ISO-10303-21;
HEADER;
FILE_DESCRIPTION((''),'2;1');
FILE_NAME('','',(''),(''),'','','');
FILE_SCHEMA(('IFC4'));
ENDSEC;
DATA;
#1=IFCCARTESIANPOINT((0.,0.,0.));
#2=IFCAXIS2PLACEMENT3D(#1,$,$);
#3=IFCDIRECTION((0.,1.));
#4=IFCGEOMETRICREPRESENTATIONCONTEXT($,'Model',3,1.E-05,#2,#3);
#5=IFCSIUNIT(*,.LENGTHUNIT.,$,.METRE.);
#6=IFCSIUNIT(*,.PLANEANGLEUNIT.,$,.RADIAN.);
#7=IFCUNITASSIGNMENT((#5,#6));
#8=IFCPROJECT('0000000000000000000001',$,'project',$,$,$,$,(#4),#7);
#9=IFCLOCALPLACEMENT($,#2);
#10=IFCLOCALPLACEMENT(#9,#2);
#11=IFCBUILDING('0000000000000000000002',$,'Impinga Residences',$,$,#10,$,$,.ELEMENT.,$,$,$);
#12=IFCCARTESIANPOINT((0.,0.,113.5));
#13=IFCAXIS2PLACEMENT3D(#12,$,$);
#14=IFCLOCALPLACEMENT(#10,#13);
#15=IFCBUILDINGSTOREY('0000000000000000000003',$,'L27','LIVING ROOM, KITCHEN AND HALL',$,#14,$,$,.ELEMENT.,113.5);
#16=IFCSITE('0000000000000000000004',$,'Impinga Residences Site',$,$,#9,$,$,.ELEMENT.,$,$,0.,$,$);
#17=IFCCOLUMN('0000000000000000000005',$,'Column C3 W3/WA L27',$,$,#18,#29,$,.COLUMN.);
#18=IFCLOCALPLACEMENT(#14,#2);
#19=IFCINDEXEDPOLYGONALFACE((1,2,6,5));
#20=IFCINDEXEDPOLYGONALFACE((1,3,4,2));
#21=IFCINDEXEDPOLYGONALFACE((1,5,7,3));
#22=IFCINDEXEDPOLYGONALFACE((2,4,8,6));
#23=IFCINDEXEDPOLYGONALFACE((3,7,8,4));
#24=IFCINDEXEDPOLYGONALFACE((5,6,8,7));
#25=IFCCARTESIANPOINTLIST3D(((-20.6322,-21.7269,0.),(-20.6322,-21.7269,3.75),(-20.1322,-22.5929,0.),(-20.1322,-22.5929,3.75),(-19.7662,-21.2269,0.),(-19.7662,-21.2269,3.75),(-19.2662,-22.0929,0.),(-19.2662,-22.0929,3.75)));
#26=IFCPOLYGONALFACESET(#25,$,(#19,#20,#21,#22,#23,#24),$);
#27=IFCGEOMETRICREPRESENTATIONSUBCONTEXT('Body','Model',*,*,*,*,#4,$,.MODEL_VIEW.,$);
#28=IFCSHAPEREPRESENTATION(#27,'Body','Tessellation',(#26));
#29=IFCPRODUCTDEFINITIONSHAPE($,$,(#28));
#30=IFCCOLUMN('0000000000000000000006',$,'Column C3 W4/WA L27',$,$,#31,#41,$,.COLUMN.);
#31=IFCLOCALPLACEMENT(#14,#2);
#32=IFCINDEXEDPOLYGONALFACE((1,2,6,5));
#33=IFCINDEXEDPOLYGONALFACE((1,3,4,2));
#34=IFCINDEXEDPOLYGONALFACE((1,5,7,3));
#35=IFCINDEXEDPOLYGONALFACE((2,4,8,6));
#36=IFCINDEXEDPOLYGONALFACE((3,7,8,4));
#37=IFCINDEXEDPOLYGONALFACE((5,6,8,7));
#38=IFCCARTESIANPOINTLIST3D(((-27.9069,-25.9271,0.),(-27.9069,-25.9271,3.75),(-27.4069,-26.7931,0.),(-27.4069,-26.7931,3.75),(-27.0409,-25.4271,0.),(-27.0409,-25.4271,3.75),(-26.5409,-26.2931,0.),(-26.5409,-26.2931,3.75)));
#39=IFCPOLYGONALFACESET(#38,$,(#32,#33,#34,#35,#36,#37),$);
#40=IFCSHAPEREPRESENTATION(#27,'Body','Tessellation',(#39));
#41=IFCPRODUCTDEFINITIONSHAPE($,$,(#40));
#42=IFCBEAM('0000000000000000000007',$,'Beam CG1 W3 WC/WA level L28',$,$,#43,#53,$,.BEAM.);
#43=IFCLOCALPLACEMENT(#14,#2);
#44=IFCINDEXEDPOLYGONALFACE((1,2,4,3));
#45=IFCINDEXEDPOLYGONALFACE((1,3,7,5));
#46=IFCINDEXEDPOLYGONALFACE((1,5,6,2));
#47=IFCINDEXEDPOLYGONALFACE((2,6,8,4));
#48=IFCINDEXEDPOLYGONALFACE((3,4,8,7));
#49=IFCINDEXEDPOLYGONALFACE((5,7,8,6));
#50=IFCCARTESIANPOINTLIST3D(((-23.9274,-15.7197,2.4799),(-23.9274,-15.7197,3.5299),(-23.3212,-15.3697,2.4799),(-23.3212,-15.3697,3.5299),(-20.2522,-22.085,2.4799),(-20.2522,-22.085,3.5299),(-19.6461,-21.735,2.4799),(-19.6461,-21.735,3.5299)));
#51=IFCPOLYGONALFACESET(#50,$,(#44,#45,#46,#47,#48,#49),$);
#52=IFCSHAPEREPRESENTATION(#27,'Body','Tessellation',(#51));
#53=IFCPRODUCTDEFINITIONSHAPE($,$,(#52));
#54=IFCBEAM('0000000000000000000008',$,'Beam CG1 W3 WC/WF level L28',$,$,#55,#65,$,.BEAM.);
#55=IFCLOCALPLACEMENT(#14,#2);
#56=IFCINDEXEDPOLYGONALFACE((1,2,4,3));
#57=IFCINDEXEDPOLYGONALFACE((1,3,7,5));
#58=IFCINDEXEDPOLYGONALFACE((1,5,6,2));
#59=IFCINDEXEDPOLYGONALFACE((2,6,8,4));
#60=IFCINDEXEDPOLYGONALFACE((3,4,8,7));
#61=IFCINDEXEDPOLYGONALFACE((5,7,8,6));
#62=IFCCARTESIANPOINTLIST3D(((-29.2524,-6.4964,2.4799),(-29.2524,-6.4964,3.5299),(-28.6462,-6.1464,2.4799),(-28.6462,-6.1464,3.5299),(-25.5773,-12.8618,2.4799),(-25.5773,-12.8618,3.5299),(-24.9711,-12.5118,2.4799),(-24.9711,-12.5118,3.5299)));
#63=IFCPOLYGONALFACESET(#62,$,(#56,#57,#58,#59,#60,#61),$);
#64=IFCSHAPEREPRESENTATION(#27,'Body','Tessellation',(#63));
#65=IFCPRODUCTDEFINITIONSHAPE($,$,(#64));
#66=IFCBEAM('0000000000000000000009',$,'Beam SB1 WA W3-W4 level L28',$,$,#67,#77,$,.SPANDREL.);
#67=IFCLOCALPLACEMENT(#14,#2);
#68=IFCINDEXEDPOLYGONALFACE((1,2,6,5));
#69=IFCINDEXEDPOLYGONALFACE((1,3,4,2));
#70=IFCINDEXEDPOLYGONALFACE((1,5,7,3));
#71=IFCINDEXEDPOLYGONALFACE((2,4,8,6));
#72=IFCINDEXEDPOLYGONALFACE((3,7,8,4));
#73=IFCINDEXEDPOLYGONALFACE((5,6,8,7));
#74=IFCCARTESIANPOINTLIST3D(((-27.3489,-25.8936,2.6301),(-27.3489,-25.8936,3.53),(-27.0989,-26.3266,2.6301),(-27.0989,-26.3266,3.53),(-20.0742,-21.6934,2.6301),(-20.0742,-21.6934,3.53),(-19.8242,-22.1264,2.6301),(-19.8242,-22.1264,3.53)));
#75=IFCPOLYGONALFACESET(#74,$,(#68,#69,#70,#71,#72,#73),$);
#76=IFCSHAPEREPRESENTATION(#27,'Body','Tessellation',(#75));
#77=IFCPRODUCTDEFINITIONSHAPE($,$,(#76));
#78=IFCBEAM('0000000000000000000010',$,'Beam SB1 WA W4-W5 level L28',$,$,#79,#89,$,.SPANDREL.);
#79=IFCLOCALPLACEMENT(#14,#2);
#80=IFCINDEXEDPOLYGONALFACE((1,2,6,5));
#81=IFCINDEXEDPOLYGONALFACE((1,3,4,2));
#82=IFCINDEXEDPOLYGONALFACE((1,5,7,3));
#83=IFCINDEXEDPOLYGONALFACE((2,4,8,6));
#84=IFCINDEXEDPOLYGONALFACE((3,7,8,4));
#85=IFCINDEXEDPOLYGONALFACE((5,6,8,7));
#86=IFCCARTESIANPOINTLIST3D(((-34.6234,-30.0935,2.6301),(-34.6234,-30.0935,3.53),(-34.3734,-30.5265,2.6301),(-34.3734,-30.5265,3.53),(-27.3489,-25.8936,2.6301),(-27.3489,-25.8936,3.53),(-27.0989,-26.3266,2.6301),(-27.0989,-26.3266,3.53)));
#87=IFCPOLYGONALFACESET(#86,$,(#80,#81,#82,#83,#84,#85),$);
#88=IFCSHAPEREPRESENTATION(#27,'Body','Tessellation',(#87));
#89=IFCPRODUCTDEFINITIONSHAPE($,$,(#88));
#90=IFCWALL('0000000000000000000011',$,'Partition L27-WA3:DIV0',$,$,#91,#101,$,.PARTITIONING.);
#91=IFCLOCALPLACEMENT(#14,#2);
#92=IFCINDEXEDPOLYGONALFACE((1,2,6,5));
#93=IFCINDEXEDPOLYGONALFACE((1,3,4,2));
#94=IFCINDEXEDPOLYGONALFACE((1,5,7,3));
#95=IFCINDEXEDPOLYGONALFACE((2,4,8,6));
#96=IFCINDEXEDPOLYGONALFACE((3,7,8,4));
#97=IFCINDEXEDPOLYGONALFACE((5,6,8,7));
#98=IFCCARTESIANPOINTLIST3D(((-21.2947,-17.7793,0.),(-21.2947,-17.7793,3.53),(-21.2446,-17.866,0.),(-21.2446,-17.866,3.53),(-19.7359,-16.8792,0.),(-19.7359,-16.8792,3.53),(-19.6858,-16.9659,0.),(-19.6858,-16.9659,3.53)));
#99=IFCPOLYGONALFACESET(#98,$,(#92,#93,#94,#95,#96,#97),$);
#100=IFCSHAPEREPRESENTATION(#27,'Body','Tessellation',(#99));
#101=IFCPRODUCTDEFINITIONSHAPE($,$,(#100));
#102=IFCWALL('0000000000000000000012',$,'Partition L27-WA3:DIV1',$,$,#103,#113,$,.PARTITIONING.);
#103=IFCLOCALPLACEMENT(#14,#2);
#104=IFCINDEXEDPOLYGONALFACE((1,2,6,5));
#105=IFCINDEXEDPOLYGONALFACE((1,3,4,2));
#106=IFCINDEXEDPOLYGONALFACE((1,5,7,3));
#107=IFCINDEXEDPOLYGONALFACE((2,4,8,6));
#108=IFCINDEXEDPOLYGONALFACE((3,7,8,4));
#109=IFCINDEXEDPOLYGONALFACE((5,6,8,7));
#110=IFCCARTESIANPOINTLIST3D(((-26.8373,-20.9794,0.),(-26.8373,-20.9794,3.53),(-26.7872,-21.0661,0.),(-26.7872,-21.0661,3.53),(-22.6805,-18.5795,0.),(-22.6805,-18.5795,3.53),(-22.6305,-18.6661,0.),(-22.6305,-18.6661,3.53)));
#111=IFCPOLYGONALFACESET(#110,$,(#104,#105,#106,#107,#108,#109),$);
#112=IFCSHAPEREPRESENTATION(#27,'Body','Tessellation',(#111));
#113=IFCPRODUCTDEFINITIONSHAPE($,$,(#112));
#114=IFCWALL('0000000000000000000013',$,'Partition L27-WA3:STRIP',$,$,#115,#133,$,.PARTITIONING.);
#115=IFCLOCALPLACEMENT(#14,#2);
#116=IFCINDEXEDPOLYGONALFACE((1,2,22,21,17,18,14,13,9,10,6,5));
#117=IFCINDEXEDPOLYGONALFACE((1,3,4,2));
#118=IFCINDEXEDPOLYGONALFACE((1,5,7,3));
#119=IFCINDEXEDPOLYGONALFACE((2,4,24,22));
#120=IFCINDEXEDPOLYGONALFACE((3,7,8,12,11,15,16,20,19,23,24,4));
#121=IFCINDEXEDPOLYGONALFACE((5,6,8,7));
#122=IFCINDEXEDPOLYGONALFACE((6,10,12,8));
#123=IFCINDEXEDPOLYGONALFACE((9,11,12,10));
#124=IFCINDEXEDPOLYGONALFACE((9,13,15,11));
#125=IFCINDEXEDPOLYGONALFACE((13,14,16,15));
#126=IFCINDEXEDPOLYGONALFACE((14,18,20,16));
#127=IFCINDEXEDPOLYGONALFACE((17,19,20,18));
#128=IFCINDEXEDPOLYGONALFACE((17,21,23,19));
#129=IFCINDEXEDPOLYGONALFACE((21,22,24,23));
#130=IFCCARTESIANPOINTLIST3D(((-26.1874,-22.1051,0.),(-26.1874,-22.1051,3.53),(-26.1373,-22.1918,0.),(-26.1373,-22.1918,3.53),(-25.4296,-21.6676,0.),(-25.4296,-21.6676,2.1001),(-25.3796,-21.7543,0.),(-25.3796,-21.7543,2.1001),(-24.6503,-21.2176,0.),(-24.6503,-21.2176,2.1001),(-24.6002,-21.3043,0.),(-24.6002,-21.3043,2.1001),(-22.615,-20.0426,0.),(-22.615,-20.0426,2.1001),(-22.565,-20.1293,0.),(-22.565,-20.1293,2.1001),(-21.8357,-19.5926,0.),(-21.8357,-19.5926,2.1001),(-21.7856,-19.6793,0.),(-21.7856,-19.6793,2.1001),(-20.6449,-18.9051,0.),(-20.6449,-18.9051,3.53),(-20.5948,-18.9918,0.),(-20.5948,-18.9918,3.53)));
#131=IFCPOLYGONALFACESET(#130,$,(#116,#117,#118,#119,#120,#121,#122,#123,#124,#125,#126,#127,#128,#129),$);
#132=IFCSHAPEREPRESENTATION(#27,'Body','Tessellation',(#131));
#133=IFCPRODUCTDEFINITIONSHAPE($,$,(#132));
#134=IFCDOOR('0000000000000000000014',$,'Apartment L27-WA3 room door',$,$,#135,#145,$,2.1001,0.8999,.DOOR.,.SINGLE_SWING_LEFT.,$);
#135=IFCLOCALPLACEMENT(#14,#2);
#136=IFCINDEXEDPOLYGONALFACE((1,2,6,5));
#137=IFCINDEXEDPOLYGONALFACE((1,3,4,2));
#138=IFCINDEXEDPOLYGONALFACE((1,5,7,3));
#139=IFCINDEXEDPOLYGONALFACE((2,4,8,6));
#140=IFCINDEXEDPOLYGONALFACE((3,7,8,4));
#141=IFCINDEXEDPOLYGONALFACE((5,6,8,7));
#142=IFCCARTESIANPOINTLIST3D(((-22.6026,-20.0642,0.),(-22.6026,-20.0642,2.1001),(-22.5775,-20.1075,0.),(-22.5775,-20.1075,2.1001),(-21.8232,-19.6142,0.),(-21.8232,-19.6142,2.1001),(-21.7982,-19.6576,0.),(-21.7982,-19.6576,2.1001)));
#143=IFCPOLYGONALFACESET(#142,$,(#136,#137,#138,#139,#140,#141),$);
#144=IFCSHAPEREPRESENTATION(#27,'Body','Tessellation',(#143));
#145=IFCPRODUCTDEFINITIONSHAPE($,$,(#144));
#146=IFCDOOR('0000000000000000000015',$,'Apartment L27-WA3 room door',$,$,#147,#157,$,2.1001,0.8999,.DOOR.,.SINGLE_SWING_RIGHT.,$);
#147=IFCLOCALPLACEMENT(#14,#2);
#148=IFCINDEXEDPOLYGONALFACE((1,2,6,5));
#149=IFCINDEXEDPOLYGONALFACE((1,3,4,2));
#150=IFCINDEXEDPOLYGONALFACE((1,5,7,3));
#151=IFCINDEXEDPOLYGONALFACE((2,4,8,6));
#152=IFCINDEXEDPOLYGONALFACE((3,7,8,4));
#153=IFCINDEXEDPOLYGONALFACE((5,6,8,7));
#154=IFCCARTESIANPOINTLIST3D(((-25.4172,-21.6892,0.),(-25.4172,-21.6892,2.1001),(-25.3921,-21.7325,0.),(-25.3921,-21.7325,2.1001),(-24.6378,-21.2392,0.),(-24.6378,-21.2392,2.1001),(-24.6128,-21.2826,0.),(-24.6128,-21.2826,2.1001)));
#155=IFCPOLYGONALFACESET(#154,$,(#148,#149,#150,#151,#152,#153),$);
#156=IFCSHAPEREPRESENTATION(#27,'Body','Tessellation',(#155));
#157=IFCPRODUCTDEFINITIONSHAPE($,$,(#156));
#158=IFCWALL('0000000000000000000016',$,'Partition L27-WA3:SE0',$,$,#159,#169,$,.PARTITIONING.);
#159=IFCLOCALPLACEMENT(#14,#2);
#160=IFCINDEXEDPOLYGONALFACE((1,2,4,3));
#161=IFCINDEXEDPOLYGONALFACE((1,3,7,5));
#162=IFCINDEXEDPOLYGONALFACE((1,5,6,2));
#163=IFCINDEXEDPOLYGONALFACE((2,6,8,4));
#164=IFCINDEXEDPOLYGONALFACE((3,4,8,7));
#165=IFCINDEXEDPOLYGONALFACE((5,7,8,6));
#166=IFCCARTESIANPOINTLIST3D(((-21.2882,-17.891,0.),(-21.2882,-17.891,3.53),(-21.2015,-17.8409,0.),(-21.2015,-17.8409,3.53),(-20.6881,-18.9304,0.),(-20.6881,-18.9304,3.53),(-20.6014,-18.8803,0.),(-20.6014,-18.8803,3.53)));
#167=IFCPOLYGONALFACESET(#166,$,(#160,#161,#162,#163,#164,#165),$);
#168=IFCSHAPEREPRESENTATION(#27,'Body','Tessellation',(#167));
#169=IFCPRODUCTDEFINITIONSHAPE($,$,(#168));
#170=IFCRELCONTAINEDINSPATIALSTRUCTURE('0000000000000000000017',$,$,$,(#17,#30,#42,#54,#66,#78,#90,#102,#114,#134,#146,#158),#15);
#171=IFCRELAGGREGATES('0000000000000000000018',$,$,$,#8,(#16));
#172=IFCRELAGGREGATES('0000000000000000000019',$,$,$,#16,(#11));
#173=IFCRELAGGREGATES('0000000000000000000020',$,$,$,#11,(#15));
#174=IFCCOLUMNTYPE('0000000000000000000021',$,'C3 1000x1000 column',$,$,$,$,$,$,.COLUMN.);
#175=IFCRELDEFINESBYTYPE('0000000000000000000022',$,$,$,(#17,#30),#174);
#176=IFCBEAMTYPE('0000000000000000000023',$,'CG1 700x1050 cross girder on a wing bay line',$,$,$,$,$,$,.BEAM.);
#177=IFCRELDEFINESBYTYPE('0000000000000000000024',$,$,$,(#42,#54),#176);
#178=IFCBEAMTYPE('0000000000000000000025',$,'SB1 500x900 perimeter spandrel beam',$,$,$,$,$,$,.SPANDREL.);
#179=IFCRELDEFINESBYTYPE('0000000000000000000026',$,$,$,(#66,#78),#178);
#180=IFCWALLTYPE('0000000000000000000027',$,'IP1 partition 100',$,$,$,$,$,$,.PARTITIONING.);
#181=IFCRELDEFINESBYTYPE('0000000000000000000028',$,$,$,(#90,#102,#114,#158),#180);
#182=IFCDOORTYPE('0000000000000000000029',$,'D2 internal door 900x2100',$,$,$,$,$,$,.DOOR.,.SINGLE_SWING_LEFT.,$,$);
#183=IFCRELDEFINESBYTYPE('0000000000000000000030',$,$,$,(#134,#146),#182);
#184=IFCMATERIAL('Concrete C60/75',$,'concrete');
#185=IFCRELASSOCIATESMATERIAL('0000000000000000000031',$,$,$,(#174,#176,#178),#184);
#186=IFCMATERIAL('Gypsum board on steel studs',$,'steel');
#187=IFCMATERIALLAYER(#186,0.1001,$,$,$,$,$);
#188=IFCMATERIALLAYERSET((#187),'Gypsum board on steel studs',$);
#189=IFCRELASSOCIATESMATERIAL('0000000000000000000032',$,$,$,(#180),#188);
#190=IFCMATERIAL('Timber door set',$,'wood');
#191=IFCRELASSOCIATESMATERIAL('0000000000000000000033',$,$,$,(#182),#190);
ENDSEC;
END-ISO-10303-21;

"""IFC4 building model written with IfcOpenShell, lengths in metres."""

from ifc_helpers import new_model, si_unit, direction, frame, frame_2d, origin, origin_2d, place, context, subcontext, project, spatial, rectangle, extrude, material, layer, layer_set, material_profile, profile_set, type_object, element, fill, save


model = new_model("IFC4")

# Units and contexts
model_context = context("Model", 3, precision=1e-05, world=origin(), true_north=direction((0.0, 1.0)))
body_context = subcontext(model_context, "Body", "Model", "MODEL_VIEW")
ifc_project = project(units=[si_unit("LENGTHUNIT", "METRE"), si_unit("PLANEANGLEUNIT", "RADIAN")], contexts=[model_context])

# Site, building, storey
site_placement = place(None, origin())
site = spatial("IfcSite", under=ifc_project, at=site_placement, Name="Impinga Residences Site", CompositionType="ELEMENT", RefElevation=0.0)
building_placement = place(site_placement, origin())
building = spatial("IfcBuilding", under=site, at=building_placement, Name="Impinga Residences", CompositionType="ELEMENT")
storey_placement = place(building_placement, frame((0.0, 0.0, 113.5)))
storey = spatial("IfcBuildingStorey", under=building, at=storey_placement, Name="L27", Description="LIVING ROOM, KITCHEN AND HALL", CompositionType="ELEMENT", Elevation=113.5)

# Columns
ifc_material_1 = material(Name="Concrete C60/75", Category="concrete")
ifc_material_profile_1 = material_profile(ifc_material_1, rectangle(XDim=1.0, YDim=1.0, at=origin_2d()), Name="RC 1000x1000")
ifc_profile_set_1 = profile_set([ifc_material_profile_1], Name="Concrete C60/75")
column_type = type_object("IfcColumnType", Name="C3 1000x1000 column", PredefinedType="COLUMN", material=ifc_profile_set_1)
for number, where, z_axis, x_axis, name in (
    (1, (-19.9492, -21.9099, 0.0), (0.0, 0.0, 1.0), (-0.5, 0.866025, 0.0), "Column C3 W3/WA L27"),
    (2, (-27.2239, -26.1101, 0.0), (0.0, 0.0, 1.0), (-0.5, 0.866025, 0.0), "Column C3 W4/WA L27"),
):
    element("IfcColumn", number, at=place(storey_placement, frame(where, z_axis=z_axis, x_axis=x_axis)), inside=storey, type_object=column_type, Name=name, PredefinedType="COLUMN", context=body_context, shape_type="SweptSolid", body=[
        extrude(rectangle(XDim=1.0, YDim=1.0, at=origin_2d()), origin(), (0.0, 0.0, 1.0), 3.75),
    ])

# Beams
ifc_material_profile_2 = material_profile(ifc_material_1, rectangle(XDim=0.7, YDim=1.05, at=origin_2d()), Name="RC 700x1050")
ifc_profile_set_2 = profile_set([ifc_material_profile_2], Name="Concrete C60/75")
beam_type_1 = type_object("IfcBeamType", Name="CG1 700x1050 cross girder on a wing bay line", PredefinedType="BEAM", material=ifc_profile_set_2)
for number, where, z_axis, x_axis, name in (
    (3, (-23.6243, -15.5447, 3.0049), (0.500008, -0.866021, 0.0), (0.866021, 0.500008, 0.0), "Beam CG1 W3 WC/WA level L28"),
    (4, (-25.2742, -12.6868, 3.0049), (-0.500008, 0.866021, 0.0), (-0.866021, -0.500008, 0.0), "Beam CG1 W3 WC/WF level L28"),
):
    element("IfcBeam", number, at=place(storey_placement, frame(where, z_axis=z_axis, x_axis=x_axis)), inside=storey, type_object=beam_type_1, Name=name, PredefinedType="BEAM", context=body_context, shape_type="SweptSolid", body=[
        extrude(rectangle(XDim=0.7, YDim=1.05, at=origin_2d()), origin(), (0.0, 0.0, 1.0), 7.3501),
    ])
ifc_material_profile_3 = material_profile(ifc_material_1, rectangle(XDim=0.5, YDim=0.8999, at=origin_2d()), Name="RC 500x900")
ifc_profile_set_3 = profile_set([ifc_material_profile_3], Name="Concrete C60/75")
beam_type_2 = type_object("IfcBeamType", Name="SB1 500x900 perimeter spandrel beam", PredefinedType="SPANDREL", material=ifc_profile_set_3)
beam_1_placement = place(storey_placement, frame((-19.9492, -21.9099, 3.0801), z_axis=(-0.866017, -0.500015, 0.0), x_axis=(0.500015, -0.866017, 0.0)))
element("IfcBeam", 5, at=beam_1_placement, inside=storey, type_object=beam_type_2, Name="Beam SB1 WA W3-W4 level L28", PredefinedType="SPANDREL", context=body_context, shape_type="SweptSolid", body=[
    extrude(rectangle(XDim=0.5, YDim=0.8999, at=origin_2d()), origin(), (0.0, 0.0, 1.0), 8.4001),
])
beam_2_placement = place(storey_placement, frame((-27.2239, -26.1101, 3.0801), z_axis=(-0.866029, -0.499993, 0.0), x_axis=(0.499993, -0.866029, 0.0)))
element("IfcBeam", 6, at=beam_2_placement, inside=storey, type_object=beam_type_2, Name="Beam SB1 WA W4-W5 level L28", PredefinedType="SPANDREL", context=body_context, shape_type="SweptSolid", body=[
    extrude(rectangle(XDim=0.5, YDim=0.8999, at=origin_2d()), origin(), (0.0, 0.0, 1.0), 8.3999),
])

# Walls
ifc_material_2 = material(Name="Gypsum board on steel studs", Category="steel")
ifc_layer_1 = layer(ifc_material_2, 0.1001)
ifc_layer_set_1 = layer_set([ifc_layer_1], Name="Gypsum board on steel studs")
wall_type_1 = type_object("IfcWallType", Name="IP1 partition 100", PredefinedType="PARTITIONING", material=ifc_layer_set_1)
wall_1_placement = place(storey_placement, frame((-19.7109, -16.9226, 0.0), z_axis=(0.0, 0.0, 1.0), x_axis=(-0.865989, -0.500063, 0.0)))
element("IfcWall", 7, at=wall_1_placement, inside=storey, type_object=wall_type_1, Name="Partition L27-WA3:DIV0", PredefinedType="PARTITIONING", context=body_context, shape_type="SweptSolid", body=[
    extrude(rectangle(XDim=1.8, YDim=0.1001, at=frame_2d((0.8999, 0.0))), origin(), (0.0, 0.0, 1.0), 3.53),
])
wall_2_placement = place(storey_placement, frame((-22.6555, -18.6228, 0.0), z_axis=(0.0, 0.0, 1.0), x_axis=(-0.866025, -0.500001, 0.0)))
element("IfcWall", 8, at=wall_2_placement, inside=storey, type_object=wall_type_1, Name="Partition L27-WA3:DIV1", PredefinedType="PARTITIONING", context=body_context, shape_type="SweptSolid", body=[
    extrude(rectangle(XDim=4.7998, YDim=0.1001, at=frame_2d((2.3999, 0.0))), origin(), (0.0, 0.0, 1.0), 3.53),
])

# Wall, openings, doors
wall_3_placement = place(storey_placement, frame((-20.6199, -18.9485, 0.0), z_axis=(0.0, 0.0, 1.0), x_axis=(-0.866025, -0.5, 0.0)))
wall_3 = element("IfcWall", 9, at=wall_3_placement, inside=storey, type_object=wall_type_1, Name="Partition L27-WA3:STRIP", PredefinedType="PARTITIONING", context=body_context, shape_type="SweptSolid", body=[
    extrude(rectangle(XDim=6.3999, YDim=0.1001, at=frame_2d((3.2, 0.0))), origin(), (0.0, 0.0, 1.0), 3.53),
])
opening_1_placement = place(wall_3_placement, frame((1.375, 0.0, 0.0)))
opening_1 = element("IfcOpeningElement", 10, at=opening_1_placement, cuts=wall_3, PredefinedType="OPENING", context=body_context, shape_type="SweptSolid", body=[
    extrude(rectangle(XDim=0.8999, YDim=2.1001, at=frame_2d((0.45, 1.05))), frame((0.0, 0.0601, 0.0), z_axis=(0.0, -1.0, 0.0), x_axis=(1.0, 0.0, 0.0)), (0.0, 0.0, 1.0), 0.1201),
])
opening_2_placement = place(wall_3_placement, frame((4.625, 0.0, 0.0)))
opening_2 = element("IfcOpeningElement", 11, at=opening_2_placement, cuts=wall_3, PredefinedType="OPENING", context=body_context, shape_type="SweptSolid", body=[
    extrude(rectangle(XDim=0.8999, YDim=2.1001, at=frame_2d((0.45, 1.05))), frame((0.0, 0.0601, 0.0), z_axis=(0.0, -1.0, 0.0), x_axis=(1.0, 0.0, 0.0)), (0.0, 0.0, 1.0), 0.1201),
])
ifc_material_3 = material(Name="Timber door set", Category="wood")
door_type = type_object("IfcDoorType", Name="D2 internal door 900x2100", OperationType="SINGLE_SWING_LEFT", PredefinedType="DOOR", material=ifc_material_3)
door_1_placement = place(opening_1_placement, origin())
door_1 = element("IfcDoor", 12, at=door_1_placement, inside=storey, type_object=door_type, Name="Apartment L27-WA3 room door", OperationType="SINGLE_SWING_LEFT", OverallHeight=2.1001, OverallWidth=0.8999, PredefinedType="DOOR", context=body_context, shape_type="SweptSolid", body=[
    extrude(rectangle(XDim=0.8999, YDim=2.1001, at=frame_2d((0.45, 1.05))), frame((0.0, 0.0249, 0.0), z_axis=(0.0, -1.0, 0.0), x_axis=(1.0, 0.0, 0.0)), (0.0, 0.0, 1.0), 0.05),
])
fill(opening_1, door_1)
door_2_placement = place(opening_2_placement, origin())
door_2 = element("IfcDoor", 13, at=door_2_placement, inside=storey, type_object=door_type, Name="Apartment L27-WA3 room door", OperationType="SINGLE_SWING_RIGHT", OverallHeight=2.1001, OverallWidth=0.8999, PredefinedType="DOOR", context=body_context, shape_type="SweptSolid", body=[
    extrude(rectangle(XDim=0.8999, YDim=2.1001, at=frame_2d((0.45, 1.05))), frame((0.0, 0.0249, 0.0), z_axis=(0.0, -1.0, 0.0), x_axis=(1.0, 0.0, 0.0)), (0.0, 0.0, 1.0), 0.05),
])
fill(opening_2, door_2)

# Wall
wall_4_placement = place(storey_placement, frame((-21.2449, -17.866, 0.0), z_axis=(0.0, 0.0, 1.0), x_axis=(0.500034, -0.866006, 0.0)))
element("IfcWall", 14, at=wall_4_placement, inside=storey, type_object=wall_type_1, Name="Partition L27-WA3:SE0", PredefinedType="PARTITIONING", context=body_context, shape_type="SweptSolid", body=[
    extrude(rectangle(XDim=1.2002, YDim=0.1001, at=frame_2d((0.6001, 0.0))), origin(), (0.0, 0.0, 1.0), 3.53),
])

save(model, "model.ifc")
